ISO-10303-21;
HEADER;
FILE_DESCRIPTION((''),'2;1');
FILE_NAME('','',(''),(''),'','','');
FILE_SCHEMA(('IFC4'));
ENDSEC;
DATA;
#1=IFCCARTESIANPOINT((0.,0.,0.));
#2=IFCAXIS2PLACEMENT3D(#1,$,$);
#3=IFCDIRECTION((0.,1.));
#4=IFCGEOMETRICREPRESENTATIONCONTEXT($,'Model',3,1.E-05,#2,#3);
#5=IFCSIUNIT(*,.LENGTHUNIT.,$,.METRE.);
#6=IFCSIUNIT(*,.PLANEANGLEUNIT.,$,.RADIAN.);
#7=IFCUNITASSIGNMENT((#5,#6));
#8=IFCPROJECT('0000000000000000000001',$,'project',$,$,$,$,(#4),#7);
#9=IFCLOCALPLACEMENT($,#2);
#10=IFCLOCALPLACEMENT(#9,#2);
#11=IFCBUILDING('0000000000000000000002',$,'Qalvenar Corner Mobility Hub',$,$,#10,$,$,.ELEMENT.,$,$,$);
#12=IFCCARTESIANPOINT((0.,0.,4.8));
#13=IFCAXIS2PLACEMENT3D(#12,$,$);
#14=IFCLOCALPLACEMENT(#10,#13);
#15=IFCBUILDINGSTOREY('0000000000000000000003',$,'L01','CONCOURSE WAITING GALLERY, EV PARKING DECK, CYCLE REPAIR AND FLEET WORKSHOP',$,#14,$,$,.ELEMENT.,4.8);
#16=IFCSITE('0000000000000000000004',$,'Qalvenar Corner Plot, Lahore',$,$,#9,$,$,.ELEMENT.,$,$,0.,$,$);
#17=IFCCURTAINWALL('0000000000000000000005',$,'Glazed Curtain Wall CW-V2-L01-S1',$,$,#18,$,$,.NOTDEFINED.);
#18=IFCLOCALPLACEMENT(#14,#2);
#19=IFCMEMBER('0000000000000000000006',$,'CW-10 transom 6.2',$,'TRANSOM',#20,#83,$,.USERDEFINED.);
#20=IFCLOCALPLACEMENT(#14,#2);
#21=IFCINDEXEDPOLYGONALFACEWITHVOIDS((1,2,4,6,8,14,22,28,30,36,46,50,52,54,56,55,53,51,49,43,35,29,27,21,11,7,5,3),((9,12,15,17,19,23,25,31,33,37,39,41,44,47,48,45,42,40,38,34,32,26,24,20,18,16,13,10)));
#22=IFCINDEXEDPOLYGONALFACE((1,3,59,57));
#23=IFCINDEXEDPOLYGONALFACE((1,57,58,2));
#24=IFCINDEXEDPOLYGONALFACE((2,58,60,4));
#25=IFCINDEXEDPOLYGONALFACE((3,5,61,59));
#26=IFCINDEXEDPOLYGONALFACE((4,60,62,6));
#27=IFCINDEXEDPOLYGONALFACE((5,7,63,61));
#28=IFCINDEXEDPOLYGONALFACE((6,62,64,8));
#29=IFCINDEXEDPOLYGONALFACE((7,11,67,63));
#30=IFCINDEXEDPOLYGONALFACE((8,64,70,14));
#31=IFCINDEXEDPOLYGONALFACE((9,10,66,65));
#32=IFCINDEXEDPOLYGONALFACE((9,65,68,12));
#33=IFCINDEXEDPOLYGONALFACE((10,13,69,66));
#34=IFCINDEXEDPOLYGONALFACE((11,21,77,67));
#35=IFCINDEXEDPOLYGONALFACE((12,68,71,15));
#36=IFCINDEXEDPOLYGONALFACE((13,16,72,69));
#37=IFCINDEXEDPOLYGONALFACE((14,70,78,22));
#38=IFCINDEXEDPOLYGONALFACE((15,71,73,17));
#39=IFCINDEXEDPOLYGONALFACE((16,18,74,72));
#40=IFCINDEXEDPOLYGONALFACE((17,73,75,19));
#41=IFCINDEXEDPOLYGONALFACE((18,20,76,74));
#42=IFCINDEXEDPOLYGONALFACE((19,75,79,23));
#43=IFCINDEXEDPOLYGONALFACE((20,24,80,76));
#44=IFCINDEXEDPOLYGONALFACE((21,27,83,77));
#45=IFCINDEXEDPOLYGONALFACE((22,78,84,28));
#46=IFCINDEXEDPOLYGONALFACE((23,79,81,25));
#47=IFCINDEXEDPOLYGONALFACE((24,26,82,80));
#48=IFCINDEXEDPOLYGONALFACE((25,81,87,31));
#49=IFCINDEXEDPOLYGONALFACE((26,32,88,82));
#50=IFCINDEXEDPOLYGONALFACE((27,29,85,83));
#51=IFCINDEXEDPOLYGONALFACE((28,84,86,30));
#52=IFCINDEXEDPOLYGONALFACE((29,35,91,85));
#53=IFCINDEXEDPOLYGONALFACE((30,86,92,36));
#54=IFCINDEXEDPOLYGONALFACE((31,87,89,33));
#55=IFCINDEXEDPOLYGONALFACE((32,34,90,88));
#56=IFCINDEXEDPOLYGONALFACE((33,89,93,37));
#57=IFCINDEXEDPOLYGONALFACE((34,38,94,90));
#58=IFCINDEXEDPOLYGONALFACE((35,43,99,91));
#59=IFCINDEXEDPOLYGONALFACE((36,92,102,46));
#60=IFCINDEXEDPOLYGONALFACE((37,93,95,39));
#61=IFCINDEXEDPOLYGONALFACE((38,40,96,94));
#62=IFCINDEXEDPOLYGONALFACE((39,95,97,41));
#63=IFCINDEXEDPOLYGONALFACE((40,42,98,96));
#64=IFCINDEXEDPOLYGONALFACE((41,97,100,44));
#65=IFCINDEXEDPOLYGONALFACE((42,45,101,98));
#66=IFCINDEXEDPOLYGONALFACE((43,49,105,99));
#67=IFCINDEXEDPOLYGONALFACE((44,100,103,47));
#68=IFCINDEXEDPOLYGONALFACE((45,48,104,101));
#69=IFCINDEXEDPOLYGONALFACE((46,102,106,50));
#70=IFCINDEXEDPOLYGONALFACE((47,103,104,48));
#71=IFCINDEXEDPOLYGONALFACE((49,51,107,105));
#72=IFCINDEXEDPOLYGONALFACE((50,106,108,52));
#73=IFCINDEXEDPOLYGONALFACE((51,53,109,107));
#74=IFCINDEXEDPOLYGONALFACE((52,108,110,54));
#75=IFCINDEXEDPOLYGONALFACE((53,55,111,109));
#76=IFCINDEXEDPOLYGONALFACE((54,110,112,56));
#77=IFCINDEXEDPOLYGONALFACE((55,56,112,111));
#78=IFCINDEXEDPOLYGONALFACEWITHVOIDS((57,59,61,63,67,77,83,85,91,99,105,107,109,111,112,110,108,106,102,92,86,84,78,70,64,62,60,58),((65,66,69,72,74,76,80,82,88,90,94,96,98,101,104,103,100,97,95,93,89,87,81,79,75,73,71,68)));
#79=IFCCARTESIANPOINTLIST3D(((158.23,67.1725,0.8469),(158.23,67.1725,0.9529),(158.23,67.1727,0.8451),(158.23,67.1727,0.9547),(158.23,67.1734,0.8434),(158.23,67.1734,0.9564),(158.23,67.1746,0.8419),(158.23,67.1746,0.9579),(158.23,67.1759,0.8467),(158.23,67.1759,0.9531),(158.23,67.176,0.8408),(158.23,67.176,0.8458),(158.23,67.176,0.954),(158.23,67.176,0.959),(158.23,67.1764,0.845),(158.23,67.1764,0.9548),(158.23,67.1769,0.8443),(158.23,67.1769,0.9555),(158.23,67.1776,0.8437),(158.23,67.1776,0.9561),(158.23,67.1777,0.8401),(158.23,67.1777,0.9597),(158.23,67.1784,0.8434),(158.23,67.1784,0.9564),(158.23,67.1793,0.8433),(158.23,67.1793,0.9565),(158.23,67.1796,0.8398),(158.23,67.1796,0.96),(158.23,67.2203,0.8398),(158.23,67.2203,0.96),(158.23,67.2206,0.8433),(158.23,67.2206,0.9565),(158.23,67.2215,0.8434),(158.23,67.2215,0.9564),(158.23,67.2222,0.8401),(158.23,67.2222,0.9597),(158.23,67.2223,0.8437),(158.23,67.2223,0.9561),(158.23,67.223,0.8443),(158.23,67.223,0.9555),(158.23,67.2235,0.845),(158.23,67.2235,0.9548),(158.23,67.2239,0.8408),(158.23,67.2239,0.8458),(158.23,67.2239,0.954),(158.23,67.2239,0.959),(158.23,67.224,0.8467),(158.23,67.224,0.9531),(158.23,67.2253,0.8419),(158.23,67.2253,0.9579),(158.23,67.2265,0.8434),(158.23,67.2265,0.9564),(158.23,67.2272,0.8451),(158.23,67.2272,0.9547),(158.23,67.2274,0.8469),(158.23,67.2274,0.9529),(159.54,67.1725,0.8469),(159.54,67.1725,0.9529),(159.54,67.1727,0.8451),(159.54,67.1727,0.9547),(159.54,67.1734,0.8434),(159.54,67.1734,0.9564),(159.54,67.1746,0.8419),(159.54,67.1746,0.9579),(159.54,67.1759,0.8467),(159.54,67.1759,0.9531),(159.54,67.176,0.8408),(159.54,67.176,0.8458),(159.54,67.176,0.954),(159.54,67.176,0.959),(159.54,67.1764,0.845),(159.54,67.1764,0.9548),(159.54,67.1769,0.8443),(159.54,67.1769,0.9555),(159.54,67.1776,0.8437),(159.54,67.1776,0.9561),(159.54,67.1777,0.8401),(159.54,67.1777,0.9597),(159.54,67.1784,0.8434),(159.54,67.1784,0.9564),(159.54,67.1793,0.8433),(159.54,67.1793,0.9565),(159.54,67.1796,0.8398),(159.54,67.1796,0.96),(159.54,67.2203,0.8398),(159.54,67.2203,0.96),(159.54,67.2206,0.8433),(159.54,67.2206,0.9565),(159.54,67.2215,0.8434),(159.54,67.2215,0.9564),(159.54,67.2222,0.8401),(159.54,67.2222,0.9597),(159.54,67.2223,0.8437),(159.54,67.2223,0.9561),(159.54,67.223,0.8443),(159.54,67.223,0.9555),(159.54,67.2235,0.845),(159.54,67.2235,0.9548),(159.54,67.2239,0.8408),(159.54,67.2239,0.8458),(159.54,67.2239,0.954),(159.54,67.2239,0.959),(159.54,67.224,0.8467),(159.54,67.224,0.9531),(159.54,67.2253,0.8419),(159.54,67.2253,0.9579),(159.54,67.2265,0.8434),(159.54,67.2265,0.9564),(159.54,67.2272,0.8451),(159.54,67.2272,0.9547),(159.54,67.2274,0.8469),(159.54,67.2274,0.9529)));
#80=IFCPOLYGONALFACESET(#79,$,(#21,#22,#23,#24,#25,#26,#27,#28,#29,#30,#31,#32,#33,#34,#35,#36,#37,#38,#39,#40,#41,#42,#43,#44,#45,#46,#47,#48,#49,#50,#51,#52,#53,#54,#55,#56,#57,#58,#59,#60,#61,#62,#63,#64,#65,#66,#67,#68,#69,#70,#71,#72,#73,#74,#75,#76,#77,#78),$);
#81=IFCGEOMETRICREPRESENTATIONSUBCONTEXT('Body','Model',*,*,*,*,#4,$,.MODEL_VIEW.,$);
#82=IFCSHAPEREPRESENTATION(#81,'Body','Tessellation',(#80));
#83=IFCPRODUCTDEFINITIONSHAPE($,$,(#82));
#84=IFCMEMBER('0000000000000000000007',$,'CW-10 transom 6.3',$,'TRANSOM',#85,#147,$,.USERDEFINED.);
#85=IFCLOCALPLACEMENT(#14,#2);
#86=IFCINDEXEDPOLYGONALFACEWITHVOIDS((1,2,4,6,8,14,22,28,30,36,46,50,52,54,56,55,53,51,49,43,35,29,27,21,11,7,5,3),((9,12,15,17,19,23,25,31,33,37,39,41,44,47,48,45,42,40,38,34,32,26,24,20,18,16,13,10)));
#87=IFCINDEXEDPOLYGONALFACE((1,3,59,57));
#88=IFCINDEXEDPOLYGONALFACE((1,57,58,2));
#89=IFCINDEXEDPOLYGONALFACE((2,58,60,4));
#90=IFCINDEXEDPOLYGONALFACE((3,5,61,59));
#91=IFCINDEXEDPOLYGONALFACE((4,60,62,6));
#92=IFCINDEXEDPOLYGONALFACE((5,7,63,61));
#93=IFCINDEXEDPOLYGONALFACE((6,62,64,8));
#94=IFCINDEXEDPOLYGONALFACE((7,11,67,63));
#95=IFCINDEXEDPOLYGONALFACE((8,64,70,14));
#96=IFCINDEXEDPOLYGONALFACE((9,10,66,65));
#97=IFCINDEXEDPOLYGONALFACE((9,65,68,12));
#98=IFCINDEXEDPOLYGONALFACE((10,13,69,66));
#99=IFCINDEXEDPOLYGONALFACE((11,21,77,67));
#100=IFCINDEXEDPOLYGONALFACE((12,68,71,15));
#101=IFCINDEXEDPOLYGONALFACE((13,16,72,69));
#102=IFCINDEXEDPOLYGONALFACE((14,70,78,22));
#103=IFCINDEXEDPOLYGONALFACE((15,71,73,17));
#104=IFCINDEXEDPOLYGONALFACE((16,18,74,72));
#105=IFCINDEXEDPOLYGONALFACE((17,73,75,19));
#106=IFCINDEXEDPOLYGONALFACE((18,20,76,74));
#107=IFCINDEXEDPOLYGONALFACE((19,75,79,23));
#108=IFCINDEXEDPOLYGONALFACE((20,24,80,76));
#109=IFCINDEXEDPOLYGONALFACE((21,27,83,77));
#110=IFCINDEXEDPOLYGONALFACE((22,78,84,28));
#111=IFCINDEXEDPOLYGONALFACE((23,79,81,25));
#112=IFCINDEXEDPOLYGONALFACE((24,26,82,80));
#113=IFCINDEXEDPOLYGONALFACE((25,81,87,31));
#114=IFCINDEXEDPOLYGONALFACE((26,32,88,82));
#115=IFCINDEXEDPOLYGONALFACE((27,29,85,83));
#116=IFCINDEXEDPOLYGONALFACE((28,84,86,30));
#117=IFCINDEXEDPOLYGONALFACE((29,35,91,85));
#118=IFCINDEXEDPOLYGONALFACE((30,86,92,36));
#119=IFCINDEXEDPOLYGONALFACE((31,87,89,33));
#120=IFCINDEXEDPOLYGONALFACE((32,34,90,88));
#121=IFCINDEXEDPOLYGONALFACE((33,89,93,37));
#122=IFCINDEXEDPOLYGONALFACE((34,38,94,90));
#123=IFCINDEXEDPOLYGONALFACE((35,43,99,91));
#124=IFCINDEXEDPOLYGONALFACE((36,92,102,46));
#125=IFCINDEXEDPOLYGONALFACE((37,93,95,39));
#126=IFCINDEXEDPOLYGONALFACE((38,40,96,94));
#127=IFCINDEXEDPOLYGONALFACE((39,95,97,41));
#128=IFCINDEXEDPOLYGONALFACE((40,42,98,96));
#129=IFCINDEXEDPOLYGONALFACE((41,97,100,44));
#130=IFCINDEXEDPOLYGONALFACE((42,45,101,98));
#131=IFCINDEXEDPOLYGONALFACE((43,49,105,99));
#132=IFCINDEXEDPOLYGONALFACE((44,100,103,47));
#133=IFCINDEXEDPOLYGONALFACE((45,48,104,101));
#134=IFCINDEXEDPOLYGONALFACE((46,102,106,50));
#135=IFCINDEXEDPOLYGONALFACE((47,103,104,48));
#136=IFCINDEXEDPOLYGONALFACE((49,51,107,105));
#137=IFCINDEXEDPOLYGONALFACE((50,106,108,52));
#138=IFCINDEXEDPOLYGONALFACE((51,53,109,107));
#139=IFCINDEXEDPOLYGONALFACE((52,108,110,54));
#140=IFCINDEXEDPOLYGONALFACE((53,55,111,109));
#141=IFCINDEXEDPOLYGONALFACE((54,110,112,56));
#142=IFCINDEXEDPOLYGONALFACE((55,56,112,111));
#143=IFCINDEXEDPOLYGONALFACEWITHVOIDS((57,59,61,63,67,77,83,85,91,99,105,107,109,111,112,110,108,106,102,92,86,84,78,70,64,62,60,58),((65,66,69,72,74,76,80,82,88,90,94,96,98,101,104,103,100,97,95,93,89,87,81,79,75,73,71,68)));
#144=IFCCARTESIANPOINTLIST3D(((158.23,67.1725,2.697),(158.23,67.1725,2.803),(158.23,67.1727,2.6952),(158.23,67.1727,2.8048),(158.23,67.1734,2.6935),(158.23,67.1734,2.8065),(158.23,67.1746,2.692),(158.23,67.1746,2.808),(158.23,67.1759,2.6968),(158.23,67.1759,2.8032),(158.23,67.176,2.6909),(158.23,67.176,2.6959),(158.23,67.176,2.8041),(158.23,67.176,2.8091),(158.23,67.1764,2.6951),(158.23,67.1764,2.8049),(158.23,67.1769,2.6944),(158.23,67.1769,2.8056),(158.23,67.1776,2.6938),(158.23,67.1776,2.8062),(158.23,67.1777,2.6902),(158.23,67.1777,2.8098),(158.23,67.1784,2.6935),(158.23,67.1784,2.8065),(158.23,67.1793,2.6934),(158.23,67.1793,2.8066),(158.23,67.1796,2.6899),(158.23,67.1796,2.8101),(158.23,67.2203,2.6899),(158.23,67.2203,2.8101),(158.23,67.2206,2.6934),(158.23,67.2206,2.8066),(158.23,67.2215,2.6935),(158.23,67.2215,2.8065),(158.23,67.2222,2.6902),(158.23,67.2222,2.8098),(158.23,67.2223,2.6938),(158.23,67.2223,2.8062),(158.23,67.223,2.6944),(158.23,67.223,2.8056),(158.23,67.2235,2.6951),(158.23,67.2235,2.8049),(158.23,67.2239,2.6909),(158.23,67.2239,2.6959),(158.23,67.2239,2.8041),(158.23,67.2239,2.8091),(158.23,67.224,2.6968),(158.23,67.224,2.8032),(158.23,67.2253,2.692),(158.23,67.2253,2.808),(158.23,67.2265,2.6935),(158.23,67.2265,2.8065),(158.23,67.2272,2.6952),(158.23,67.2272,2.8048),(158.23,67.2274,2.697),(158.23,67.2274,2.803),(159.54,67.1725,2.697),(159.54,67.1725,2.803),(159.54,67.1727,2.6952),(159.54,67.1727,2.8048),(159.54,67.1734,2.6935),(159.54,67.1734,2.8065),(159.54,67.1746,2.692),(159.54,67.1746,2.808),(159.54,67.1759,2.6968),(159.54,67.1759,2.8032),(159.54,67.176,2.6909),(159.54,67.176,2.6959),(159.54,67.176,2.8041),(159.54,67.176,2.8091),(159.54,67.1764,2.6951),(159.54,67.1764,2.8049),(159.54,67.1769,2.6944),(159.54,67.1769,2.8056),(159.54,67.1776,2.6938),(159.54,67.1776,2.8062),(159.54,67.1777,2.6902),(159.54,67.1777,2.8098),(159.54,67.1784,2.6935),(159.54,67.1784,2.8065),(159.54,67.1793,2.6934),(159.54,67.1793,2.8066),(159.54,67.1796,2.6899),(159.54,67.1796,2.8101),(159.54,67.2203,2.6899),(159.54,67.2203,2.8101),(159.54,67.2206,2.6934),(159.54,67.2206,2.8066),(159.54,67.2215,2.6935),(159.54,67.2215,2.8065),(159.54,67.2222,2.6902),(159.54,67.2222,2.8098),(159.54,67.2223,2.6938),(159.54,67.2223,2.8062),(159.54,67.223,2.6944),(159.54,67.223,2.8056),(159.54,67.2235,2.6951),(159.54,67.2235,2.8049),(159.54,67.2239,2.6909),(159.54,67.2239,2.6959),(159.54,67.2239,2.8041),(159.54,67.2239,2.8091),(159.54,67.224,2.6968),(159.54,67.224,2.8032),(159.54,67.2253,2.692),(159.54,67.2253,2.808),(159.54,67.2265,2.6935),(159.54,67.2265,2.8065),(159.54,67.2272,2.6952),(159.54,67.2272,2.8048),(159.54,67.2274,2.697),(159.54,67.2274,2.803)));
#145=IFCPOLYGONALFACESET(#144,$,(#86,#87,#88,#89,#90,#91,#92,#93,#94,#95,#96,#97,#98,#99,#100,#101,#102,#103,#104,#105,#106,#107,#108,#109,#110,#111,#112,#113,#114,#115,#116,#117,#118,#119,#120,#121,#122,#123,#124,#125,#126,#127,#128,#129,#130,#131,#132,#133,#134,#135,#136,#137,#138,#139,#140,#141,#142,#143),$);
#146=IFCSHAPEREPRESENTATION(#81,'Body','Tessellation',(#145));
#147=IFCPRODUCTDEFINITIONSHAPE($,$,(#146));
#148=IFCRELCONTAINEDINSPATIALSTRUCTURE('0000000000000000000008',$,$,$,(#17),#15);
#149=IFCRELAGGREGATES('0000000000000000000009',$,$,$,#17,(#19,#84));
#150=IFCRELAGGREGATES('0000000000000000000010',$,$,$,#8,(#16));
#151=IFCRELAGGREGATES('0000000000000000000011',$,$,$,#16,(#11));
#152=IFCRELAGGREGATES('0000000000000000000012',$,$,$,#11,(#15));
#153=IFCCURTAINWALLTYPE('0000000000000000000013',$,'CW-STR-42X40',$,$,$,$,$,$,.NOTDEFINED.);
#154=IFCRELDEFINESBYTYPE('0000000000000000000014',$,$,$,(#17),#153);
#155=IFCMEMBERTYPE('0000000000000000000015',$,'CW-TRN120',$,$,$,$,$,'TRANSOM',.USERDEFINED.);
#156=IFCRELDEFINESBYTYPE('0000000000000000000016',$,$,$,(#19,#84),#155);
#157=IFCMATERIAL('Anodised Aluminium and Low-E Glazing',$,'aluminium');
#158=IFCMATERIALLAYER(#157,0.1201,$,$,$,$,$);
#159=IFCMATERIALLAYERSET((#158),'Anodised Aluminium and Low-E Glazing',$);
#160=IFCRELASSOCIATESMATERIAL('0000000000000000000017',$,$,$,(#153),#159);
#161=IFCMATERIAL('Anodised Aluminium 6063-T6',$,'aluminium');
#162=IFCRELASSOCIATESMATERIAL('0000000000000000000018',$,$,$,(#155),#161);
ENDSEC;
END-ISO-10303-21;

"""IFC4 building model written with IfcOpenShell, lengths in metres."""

from ifc_helpers import new_model, si_unit, direction, frame, origin, origin_2d, place, context, subcontext, project, spatial, hollow_rectangle, extrude, material, layer, layer_set, material_profile, profile_set, type_object, element, aggregate, save


model = new_model("IFC4")

# Units and contexts
model_context = context("Model", 3, precision=1e-05, world=origin(), true_north=direction((0.0, 1.0)))
body_context = subcontext(model_context, "Body", "Model", "MODEL_VIEW")
ifc_project = project(units=[si_unit("LENGTHUNIT", "METRE"), si_unit("PLANEANGLEUNIT", "RADIAN")], contexts=[model_context])

# Site, building, storey
site_placement = place(None, origin())
site = spatial("IfcSite", under=ifc_project, at=site_placement, Name="Qalvenar Corner Plot, Lahore", CompositionType="ELEMENT", RefElevation=0.0)
building_placement = place(site_placement, origin())
building = spatial("IfcBuilding", under=site, at=building_placement, Name="Qalvenar Corner Mobility Hub", CompositionType="ELEMENT")
storey_placement = place(building_placement, frame((0.0, 0.0, 4.8)))
storey = spatial("IfcBuildingStorey", under=building, at=storey_placement, Name="L01", Description="CONCOURSE WAITING GALLERY, EV PARKING DECK, CYCLE REPAIR AND FLEET WORKSHOP", CompositionType="ELEMENT", Elevation=4.8)

# Curtain wall, members
ifc_material_1 = material(Name="Anodised Aluminium and Low-E Glazing", Category="aluminium")
ifc_layer_1 = layer(ifc_material_1, 0.1201)
ifc_layer_set_1 = layer_set([ifc_layer_1], Name="Anodised Aluminium and Low-E Glazing")
curtain_wall_type = type_object("IfcCurtainWallType", Name="CW-STR-42X40", PredefinedType="NOTDEFINED", material=ifc_layer_set_1)
curtain_wall_placement = place(storey_placement, origin())
curtain_wall = element("IfcCurtainWall", 1, at=curtain_wall_placement, inside=storey, type_object=curtain_wall_type, Name="Glazed Curtain Wall CW-V2-L01-S1", PredefinedType="NOTDEFINED")
ifc_material_2 = material(Name="Anodised Aluminium 6063-T6", Category="aluminium")
ifc_material_profile_1 = material_profile(ifc_material_2, hollow_rectangle(XDim=0.0549, YDim=0.1201, WallThickness=0.0034, InnerFilletRadius=0.0034, OuterFilletRadius=0.0071, at=origin_2d()), Name="RHS120x55x3.5")
ifc_profile_set_1 = profile_set([ifc_material_profile_1], Name="Anodised Aluminium 6063-T6")
member_type_1 = type_object("IfcMemberType", Name="CW-TRN120", ElementType="TRANSOM", PredefinedType="USERDEFINED", material=ifc_profile_set_1)
member_1_placement = place(storey_placement, frame((158.23, 67.2, 0.8999), z_axis=(1.0, 0.0, 0.0), x_axis=(0.0, 1.0, 0.0)))
member_1 = element("IfcMember", 2, at=member_1_placement, type_object=member_type_1, Name="CW-10 transom 6.2", ObjectType="TRANSOM", PredefinedType="USERDEFINED", context=body_context, shape_type="SweptSolid", body=[
    extrude(hollow_rectangle(XDim=0.0549, YDim=0.1201, WallThickness=0.0034, InnerFilletRadius=0.0034, OuterFilletRadius=0.0071, at=origin_2d()), origin(), (0.0, 0.0, 1.0), 1.3101),
])
member_2_placement = place(storey_placement, frame((158.23, 67.2, 2.75), z_axis=(1.0, 0.0, 0.0), x_axis=(0.0, 1.0, 0.0)))
member_2 = element("IfcMember", 3, at=member_2_placement, type_object=member_type_1, Name="CW-10 transom 6.3", ObjectType="TRANSOM", PredefinedType="USERDEFINED", context=body_context, shape_type="SweptSolid", body=[
    extrude(hollow_rectangle(XDim=0.0549, YDim=0.1201, WallThickness=0.0034, InnerFilletRadius=0.0034, OuterFilletRadius=0.0071, at=origin_2d()), origin(), (0.0, 0.0, 1.0), 1.3101),
])

aggregate(curtain_wall, [member_1, member_2])

save(model, "model.ifc")
